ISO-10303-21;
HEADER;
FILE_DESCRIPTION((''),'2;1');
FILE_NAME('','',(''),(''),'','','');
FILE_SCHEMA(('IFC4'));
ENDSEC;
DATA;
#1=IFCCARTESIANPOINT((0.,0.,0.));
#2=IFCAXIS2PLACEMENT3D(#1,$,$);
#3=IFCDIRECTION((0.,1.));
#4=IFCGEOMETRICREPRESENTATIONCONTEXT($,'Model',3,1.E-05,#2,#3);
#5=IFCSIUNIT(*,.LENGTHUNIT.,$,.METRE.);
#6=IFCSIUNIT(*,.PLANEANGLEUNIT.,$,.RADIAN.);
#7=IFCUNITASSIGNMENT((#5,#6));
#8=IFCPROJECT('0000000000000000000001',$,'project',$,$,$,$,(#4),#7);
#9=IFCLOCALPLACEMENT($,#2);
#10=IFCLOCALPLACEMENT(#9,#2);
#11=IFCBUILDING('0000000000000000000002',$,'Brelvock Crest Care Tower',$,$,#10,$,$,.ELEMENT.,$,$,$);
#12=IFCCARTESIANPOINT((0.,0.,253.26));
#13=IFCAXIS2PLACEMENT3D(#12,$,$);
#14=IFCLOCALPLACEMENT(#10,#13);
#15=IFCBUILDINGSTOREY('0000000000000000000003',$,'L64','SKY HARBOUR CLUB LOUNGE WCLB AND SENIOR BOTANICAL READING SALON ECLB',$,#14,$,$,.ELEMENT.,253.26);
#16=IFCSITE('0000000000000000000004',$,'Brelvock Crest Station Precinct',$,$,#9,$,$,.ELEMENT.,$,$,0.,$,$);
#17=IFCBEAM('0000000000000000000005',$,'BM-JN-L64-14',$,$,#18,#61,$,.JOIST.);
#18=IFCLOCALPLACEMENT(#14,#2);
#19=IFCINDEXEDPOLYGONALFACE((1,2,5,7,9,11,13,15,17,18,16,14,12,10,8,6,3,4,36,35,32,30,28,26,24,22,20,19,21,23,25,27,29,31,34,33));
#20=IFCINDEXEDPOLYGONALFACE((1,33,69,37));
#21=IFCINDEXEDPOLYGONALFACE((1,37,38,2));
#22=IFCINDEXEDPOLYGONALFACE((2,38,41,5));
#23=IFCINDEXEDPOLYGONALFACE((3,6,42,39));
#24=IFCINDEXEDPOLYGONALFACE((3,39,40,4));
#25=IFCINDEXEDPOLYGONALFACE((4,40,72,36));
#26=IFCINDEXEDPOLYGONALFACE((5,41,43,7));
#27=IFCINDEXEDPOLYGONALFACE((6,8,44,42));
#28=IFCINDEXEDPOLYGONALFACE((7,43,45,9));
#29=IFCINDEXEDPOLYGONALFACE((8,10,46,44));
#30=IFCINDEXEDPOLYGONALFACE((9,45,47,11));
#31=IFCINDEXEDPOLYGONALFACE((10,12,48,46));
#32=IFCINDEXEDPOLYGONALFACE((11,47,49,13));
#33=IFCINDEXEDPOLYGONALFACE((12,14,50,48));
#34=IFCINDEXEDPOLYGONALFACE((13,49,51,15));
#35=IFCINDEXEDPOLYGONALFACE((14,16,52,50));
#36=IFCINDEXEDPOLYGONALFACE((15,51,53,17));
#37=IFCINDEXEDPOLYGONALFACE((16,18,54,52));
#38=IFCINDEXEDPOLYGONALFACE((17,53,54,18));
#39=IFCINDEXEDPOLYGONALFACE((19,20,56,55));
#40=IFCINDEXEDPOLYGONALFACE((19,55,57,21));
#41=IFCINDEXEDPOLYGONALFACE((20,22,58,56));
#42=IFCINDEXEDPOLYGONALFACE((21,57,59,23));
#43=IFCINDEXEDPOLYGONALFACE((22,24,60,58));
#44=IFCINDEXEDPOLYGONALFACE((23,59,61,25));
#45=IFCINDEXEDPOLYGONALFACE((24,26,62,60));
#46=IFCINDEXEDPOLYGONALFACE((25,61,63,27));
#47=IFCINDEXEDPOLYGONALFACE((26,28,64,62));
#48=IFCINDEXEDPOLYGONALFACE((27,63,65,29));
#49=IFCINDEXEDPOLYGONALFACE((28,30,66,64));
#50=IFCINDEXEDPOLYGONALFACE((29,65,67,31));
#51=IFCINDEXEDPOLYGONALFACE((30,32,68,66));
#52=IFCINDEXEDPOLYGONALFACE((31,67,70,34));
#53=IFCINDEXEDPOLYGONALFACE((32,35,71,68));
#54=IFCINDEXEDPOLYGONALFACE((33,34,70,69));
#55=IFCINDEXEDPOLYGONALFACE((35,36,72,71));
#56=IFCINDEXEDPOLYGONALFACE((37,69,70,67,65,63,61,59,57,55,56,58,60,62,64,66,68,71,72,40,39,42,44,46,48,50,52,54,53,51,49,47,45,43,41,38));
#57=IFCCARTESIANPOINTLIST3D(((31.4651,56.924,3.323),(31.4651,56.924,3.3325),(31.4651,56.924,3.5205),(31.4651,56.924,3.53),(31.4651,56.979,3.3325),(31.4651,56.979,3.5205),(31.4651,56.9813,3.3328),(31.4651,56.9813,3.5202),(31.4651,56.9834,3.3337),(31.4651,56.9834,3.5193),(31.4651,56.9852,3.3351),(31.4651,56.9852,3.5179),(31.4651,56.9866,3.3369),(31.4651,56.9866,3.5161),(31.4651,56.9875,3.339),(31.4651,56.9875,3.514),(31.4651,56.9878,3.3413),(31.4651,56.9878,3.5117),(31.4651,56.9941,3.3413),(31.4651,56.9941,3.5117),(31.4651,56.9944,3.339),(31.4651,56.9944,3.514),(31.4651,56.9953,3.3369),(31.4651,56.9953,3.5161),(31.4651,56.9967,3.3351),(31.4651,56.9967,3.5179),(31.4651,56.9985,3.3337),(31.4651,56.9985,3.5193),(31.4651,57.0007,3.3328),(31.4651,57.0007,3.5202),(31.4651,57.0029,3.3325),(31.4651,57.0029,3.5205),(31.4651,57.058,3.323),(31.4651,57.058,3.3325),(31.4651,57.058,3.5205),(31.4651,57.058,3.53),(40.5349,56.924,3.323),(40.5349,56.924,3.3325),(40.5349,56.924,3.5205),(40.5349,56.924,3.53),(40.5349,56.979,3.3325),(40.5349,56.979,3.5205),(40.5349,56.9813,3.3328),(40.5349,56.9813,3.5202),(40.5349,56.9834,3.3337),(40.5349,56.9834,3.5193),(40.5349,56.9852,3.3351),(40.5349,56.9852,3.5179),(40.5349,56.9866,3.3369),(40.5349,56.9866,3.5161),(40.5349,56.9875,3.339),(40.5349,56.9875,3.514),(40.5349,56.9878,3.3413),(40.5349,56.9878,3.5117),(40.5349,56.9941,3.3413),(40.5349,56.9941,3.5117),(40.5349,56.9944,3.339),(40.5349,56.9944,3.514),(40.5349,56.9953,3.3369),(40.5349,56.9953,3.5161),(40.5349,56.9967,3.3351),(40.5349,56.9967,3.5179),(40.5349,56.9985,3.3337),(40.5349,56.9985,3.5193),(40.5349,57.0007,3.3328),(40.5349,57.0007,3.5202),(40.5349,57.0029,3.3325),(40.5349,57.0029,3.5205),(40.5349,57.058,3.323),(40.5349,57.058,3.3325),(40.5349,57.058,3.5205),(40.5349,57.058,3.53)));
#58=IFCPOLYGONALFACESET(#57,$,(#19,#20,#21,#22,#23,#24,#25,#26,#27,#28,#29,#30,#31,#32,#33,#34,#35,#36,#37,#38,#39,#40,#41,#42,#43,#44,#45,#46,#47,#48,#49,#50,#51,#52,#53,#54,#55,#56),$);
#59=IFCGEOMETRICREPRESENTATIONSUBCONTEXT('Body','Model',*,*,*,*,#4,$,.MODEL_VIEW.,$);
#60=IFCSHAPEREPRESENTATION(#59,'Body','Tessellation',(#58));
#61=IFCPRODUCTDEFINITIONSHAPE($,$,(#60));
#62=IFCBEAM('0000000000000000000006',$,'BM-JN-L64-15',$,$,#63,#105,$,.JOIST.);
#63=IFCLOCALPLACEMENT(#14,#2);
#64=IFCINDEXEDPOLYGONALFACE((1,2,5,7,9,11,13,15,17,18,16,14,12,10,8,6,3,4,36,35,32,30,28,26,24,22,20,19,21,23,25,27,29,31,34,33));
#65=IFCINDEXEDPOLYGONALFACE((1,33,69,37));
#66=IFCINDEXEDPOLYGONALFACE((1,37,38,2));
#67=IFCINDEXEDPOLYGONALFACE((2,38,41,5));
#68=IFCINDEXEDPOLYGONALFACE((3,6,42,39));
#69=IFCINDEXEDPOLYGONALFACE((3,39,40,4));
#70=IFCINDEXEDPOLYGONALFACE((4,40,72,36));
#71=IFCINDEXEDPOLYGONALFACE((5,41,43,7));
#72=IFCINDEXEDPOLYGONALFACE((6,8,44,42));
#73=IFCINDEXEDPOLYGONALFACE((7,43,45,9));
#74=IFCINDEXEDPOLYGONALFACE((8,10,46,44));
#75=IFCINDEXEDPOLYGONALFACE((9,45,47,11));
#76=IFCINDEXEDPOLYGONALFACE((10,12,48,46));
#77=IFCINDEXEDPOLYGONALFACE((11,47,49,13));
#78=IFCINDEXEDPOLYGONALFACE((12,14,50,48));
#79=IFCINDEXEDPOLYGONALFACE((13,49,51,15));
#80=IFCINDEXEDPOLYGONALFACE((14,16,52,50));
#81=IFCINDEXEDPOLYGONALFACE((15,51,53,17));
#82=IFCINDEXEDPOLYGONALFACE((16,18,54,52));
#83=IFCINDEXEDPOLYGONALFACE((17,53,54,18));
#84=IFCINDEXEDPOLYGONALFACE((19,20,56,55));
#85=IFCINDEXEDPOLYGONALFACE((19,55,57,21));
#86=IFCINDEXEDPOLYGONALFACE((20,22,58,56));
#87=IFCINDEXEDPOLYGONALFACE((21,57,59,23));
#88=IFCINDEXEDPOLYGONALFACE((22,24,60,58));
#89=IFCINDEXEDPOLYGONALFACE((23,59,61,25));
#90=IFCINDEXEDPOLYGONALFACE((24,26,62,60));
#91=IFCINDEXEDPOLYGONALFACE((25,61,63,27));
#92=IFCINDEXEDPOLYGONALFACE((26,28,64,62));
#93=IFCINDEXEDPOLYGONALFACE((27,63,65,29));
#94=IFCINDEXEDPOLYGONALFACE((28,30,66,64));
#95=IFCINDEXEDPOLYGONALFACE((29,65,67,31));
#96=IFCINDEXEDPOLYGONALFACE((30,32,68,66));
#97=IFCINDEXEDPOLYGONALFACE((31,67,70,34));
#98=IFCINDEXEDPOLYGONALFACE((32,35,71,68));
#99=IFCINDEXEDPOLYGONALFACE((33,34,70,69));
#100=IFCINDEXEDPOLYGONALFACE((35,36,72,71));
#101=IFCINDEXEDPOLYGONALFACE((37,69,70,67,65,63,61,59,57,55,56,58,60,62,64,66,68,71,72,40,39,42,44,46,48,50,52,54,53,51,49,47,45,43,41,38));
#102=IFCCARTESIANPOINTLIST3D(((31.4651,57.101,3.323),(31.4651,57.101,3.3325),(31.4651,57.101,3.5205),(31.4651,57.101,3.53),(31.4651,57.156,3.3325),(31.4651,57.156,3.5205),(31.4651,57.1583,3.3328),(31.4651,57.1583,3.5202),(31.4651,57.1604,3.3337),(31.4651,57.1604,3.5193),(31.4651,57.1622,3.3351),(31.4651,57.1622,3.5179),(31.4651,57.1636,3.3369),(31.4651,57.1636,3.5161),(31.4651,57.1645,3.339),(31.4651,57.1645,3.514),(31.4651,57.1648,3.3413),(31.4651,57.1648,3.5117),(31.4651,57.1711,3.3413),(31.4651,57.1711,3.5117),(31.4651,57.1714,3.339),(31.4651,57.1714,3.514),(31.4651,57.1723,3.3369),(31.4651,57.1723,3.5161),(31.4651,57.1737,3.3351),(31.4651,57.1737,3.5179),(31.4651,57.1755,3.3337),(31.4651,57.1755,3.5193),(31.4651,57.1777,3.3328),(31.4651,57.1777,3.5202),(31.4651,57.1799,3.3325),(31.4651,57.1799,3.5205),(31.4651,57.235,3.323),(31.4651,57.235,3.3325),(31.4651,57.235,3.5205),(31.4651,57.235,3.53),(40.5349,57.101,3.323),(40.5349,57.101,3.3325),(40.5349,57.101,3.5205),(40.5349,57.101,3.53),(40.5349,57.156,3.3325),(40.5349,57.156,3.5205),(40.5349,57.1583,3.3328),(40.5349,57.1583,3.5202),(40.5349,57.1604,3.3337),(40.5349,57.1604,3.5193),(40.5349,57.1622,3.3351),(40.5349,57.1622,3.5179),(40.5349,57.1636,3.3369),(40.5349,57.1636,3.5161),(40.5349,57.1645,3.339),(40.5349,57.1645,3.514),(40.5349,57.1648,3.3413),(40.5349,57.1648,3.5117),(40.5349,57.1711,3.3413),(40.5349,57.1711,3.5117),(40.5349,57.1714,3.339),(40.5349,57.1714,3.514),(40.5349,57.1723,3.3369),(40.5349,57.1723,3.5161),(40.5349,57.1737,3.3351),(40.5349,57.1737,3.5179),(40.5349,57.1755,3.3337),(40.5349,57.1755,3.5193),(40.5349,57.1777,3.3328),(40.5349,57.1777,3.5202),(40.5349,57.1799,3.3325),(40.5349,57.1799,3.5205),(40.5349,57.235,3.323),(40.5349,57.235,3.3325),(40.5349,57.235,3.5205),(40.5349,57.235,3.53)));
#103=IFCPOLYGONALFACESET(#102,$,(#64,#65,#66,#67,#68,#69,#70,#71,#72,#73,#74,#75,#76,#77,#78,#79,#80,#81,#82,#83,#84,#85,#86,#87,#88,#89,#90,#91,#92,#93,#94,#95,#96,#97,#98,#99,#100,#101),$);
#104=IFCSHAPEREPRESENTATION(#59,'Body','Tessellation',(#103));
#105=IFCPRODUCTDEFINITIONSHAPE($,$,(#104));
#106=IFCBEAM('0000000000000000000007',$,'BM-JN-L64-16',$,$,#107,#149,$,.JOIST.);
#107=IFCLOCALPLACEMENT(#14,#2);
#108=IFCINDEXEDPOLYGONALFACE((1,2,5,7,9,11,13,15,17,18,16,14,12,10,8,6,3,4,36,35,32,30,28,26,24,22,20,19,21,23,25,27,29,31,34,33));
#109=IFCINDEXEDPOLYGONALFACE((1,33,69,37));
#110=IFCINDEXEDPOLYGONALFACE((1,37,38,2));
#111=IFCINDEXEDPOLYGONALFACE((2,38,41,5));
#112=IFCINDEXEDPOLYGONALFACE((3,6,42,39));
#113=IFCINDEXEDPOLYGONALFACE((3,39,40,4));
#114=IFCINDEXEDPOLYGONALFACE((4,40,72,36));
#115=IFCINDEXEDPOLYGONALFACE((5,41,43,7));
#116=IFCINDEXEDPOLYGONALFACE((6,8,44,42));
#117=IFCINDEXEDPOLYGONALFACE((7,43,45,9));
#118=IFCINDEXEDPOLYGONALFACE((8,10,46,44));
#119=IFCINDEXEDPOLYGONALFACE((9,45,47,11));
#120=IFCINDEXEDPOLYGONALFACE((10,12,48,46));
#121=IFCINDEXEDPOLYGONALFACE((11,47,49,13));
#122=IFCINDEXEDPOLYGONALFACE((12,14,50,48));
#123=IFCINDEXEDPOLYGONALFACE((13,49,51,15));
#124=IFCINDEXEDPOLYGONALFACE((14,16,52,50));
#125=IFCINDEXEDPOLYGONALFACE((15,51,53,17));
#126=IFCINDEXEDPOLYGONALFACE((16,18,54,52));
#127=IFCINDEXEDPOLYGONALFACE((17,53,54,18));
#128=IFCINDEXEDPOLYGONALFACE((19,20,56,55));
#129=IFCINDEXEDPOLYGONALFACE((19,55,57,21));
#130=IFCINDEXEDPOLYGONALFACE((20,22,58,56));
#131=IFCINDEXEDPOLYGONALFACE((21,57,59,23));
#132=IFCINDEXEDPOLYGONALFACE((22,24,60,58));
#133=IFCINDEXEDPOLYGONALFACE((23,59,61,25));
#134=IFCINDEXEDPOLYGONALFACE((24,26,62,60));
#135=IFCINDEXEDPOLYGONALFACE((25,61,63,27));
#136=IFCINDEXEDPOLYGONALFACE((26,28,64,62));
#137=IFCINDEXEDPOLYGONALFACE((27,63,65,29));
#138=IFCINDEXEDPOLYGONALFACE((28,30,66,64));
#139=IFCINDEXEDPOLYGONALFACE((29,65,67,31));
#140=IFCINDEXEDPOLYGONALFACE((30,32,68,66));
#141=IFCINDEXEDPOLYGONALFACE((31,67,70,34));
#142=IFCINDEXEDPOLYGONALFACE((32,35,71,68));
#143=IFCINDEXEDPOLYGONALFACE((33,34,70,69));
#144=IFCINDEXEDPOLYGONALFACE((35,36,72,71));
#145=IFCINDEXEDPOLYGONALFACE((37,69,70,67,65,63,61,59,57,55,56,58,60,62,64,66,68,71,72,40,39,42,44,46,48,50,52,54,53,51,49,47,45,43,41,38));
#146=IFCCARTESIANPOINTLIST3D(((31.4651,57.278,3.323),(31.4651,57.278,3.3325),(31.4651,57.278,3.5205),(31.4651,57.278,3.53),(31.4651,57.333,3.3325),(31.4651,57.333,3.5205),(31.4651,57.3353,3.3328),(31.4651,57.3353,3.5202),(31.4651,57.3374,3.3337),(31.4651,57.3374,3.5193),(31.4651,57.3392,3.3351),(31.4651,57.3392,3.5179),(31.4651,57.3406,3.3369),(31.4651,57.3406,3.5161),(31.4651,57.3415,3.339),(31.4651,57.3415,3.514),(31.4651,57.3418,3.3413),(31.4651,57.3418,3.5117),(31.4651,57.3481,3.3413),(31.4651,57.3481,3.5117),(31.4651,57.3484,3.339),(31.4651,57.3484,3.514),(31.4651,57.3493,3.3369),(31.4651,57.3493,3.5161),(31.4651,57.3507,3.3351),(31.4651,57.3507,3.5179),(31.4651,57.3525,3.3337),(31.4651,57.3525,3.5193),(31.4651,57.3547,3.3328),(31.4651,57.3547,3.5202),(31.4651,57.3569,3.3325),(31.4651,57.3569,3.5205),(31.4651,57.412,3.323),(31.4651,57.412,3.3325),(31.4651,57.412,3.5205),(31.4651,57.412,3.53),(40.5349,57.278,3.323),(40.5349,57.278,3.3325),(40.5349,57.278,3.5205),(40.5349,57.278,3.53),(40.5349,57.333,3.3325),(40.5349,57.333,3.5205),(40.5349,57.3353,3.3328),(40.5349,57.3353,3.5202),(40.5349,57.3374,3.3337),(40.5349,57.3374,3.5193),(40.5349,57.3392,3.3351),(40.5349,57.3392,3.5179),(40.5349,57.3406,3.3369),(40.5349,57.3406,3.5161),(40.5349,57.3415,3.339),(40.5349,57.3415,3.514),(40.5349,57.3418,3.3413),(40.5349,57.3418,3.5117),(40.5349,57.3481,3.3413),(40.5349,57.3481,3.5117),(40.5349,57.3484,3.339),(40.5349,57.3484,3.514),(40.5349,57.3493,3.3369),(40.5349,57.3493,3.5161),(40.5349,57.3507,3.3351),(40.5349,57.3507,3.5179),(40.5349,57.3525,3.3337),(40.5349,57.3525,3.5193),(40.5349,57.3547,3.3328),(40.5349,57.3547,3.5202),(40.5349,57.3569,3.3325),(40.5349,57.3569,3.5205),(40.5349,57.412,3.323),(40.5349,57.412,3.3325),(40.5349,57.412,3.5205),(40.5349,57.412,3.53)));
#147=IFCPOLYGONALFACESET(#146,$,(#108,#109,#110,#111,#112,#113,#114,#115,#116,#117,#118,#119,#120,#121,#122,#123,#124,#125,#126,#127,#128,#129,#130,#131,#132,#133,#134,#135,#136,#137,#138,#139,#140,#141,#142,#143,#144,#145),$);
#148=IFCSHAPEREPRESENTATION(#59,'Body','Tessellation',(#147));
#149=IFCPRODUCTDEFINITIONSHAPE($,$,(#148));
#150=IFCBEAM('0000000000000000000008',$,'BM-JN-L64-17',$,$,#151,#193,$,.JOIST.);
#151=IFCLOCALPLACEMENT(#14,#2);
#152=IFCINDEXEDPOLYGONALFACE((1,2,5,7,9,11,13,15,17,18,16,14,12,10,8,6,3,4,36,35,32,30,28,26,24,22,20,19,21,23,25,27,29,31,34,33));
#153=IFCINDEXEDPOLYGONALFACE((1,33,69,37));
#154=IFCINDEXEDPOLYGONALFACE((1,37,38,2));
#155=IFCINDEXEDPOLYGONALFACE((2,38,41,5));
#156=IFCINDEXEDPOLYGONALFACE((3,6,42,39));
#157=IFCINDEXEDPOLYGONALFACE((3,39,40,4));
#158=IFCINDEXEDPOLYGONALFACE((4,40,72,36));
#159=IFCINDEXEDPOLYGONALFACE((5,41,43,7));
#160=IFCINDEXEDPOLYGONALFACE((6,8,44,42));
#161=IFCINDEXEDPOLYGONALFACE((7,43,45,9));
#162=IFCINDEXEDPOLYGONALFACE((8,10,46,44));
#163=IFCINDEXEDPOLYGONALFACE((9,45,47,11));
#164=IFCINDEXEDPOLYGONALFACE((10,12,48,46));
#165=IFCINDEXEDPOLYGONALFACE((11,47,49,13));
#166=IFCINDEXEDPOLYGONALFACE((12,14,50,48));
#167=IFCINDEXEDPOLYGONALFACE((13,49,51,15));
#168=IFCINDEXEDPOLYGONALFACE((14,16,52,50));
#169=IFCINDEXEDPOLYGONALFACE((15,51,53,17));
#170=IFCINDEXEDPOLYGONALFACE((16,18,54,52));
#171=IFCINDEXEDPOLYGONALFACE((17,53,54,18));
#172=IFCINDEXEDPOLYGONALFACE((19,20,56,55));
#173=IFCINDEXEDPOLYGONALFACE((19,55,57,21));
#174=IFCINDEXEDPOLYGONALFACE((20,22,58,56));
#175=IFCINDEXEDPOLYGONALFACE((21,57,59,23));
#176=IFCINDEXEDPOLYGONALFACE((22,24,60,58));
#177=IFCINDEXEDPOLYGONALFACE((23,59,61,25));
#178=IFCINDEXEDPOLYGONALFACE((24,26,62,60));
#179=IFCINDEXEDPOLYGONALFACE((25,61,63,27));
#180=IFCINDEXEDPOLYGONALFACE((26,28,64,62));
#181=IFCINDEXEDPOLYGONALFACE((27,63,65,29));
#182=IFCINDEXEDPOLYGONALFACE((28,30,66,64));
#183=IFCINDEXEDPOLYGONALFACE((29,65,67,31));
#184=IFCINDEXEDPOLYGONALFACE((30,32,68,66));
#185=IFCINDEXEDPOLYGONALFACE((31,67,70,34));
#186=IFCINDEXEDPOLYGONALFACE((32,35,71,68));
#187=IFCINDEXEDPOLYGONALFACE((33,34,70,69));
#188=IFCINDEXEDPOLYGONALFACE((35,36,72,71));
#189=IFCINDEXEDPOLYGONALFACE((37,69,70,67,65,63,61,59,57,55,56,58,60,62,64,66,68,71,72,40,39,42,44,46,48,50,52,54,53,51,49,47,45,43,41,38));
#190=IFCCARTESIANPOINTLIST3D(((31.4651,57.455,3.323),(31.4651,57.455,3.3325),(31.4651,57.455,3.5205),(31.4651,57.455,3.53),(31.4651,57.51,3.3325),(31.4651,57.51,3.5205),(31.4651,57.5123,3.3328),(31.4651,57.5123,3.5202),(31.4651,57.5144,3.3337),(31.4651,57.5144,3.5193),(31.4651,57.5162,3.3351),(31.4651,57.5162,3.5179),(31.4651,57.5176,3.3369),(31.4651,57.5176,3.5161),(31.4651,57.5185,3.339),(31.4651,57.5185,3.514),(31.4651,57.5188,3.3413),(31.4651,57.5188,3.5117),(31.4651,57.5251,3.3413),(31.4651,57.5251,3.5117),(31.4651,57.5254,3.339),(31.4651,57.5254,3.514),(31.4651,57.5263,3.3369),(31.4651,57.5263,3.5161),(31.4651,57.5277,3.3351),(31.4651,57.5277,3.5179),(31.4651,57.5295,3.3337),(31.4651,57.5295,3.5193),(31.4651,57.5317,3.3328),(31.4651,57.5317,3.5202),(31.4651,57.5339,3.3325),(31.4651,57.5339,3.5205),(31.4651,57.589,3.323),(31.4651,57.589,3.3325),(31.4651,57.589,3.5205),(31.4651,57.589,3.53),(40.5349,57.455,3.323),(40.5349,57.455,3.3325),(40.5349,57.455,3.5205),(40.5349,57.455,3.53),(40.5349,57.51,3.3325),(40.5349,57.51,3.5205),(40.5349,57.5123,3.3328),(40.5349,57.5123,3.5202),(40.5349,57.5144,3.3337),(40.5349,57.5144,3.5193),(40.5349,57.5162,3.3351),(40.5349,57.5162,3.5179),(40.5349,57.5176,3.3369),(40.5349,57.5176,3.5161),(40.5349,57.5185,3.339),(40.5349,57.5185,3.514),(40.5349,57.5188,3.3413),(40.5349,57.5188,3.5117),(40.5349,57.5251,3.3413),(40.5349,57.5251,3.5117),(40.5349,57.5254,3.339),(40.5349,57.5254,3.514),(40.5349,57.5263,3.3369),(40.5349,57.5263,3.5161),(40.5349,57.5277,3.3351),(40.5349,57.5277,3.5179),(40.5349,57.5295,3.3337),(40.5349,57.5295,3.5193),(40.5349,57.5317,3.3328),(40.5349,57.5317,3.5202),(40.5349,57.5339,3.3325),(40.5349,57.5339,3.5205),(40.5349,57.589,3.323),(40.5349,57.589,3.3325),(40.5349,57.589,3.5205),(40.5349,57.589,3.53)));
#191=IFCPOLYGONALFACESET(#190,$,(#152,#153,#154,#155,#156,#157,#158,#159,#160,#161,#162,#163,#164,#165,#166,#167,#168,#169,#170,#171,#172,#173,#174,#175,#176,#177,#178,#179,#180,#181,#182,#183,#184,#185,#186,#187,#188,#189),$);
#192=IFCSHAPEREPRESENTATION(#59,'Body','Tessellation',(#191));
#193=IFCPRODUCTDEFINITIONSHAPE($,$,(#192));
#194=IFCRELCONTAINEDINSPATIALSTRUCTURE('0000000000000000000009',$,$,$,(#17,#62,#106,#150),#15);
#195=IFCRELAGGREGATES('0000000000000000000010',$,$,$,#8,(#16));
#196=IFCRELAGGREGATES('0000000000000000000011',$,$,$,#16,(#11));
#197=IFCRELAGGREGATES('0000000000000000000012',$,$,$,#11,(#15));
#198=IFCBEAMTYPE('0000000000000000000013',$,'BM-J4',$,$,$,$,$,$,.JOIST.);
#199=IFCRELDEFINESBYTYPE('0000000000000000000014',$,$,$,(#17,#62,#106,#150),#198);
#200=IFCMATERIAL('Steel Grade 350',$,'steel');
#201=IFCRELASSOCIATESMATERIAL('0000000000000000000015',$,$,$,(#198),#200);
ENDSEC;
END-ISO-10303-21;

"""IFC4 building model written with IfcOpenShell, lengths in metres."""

from ifc_helpers import new_model, si_unit, direction, frame, origin, origin_2d, place, context, subcontext, project, spatial, i_section, extrude, source, transform, mapped, material, material_profile, profile_set, type_object, element, save


model = new_model("IFC4")

# Units and contexts
model_context = context("Model", 3, precision=1e-05, world=origin(), true_north=direction((0.0, 1.0)))
body_context = subcontext(model_context, "Body", "Model", "MODEL_VIEW")
ifc_project = project(units=[si_unit("LENGTHUNIT", "METRE"), si_unit("PLANEANGLEUNIT", "RADIAN")], contexts=[model_context])

# Site, building, storey
site_placement = place(None, origin())
site = spatial("IfcSite", under=ifc_project, at=site_placement, Name="Brelvock Crest Station Precinct", CompositionType="ELEMENT", RefElevation=0.0)
building_placement = place(site_placement, origin())
building = spatial("IfcBuilding", under=site, at=building_placement, Name="Brelvock Crest Care Tower", CompositionType="ELEMENT")
storey_placement = place(building_placement, frame((0.0, 0.0, 253.26)))
storey = spatial("IfcBuildingStorey", under=building, at=storey_placement, Name="L64", Description="SKY HARBOUR CLUB LOUNGE WCLB AND SENIOR BOTANICAL READING SALON ECLB", CompositionType="ELEMENT", Elevation=253.26)

# Beams
ifc_material_1 = material(Name="Steel Grade 350", Category="steel")
ifc_material_profile_1 = material_profile(ifc_material_1, i_section(OverallWidth=0.134, OverallDepth=0.207, WebThickness=0.0063, FlangeThickness=0.0095, FilletRadius=0.0088, at=origin_2d()), Name="200UB29.8")
ifc_profile_set_1 = profile_set([ifc_material_profile_1], Name="Steel Grade 350")
beam_type_1 = type_object("IfcBeamType", Name="BM-J4", PredefinedType="JOIST", material=ifc_profile_set_1)
shared_shape_1 = source(origin(), body_context, "Body", "SweptSolid", [
    extrude(i_section(OverallWidth=0.134, OverallDepth=0.207, WebThickness=0.0063, FlangeThickness=0.0095, FilletRadius=0.0088, at=origin_2d()), origin(), (0.0, 0.0, 1.0), 9.0698),
])
for number, where, z_axis, x_axis, name in (
    (1, (31.4651, 56.991, 3.4265), (1.0, 0.0, 0.0), (0.0, 1.0, 0.0), "BM-JN-L64-14"),
    (2, (31.4651, 57.168, 3.4265), (1.0, 0.0, 0.0), (0.0, 1.0, 0.0), "BM-JN-L64-15"),
    (3, (31.4651, 57.345, 3.4265), (1.0, 0.0, 0.0), (0.0, 1.0, 0.0), "BM-JN-L64-16"),
    (4, (31.4651, 57.522, 3.4265), (1.0, 0.0, 0.0), (0.0, 1.0, 0.0), "BM-JN-L64-17"),
):
    element("IfcBeam", number, at=place(storey_placement, frame(where, z_axis=z_axis, x_axis=x_axis)), inside=storey, type_object=beam_type_1, Name=name, PredefinedType="JOIST", context=body_context, shape_type="MappedRepresentation", body=[
        mapped(shared_shape_1, transform((0.0, 0.0, 0.0), x_axis=(1.0, 0.0, 0.0), y_axis=(0.0, 1.0, 0.0), z_axis=(0.0, 0.0, 1.0), scale=1.0)),
    ])

save(model, "model.ifc")
